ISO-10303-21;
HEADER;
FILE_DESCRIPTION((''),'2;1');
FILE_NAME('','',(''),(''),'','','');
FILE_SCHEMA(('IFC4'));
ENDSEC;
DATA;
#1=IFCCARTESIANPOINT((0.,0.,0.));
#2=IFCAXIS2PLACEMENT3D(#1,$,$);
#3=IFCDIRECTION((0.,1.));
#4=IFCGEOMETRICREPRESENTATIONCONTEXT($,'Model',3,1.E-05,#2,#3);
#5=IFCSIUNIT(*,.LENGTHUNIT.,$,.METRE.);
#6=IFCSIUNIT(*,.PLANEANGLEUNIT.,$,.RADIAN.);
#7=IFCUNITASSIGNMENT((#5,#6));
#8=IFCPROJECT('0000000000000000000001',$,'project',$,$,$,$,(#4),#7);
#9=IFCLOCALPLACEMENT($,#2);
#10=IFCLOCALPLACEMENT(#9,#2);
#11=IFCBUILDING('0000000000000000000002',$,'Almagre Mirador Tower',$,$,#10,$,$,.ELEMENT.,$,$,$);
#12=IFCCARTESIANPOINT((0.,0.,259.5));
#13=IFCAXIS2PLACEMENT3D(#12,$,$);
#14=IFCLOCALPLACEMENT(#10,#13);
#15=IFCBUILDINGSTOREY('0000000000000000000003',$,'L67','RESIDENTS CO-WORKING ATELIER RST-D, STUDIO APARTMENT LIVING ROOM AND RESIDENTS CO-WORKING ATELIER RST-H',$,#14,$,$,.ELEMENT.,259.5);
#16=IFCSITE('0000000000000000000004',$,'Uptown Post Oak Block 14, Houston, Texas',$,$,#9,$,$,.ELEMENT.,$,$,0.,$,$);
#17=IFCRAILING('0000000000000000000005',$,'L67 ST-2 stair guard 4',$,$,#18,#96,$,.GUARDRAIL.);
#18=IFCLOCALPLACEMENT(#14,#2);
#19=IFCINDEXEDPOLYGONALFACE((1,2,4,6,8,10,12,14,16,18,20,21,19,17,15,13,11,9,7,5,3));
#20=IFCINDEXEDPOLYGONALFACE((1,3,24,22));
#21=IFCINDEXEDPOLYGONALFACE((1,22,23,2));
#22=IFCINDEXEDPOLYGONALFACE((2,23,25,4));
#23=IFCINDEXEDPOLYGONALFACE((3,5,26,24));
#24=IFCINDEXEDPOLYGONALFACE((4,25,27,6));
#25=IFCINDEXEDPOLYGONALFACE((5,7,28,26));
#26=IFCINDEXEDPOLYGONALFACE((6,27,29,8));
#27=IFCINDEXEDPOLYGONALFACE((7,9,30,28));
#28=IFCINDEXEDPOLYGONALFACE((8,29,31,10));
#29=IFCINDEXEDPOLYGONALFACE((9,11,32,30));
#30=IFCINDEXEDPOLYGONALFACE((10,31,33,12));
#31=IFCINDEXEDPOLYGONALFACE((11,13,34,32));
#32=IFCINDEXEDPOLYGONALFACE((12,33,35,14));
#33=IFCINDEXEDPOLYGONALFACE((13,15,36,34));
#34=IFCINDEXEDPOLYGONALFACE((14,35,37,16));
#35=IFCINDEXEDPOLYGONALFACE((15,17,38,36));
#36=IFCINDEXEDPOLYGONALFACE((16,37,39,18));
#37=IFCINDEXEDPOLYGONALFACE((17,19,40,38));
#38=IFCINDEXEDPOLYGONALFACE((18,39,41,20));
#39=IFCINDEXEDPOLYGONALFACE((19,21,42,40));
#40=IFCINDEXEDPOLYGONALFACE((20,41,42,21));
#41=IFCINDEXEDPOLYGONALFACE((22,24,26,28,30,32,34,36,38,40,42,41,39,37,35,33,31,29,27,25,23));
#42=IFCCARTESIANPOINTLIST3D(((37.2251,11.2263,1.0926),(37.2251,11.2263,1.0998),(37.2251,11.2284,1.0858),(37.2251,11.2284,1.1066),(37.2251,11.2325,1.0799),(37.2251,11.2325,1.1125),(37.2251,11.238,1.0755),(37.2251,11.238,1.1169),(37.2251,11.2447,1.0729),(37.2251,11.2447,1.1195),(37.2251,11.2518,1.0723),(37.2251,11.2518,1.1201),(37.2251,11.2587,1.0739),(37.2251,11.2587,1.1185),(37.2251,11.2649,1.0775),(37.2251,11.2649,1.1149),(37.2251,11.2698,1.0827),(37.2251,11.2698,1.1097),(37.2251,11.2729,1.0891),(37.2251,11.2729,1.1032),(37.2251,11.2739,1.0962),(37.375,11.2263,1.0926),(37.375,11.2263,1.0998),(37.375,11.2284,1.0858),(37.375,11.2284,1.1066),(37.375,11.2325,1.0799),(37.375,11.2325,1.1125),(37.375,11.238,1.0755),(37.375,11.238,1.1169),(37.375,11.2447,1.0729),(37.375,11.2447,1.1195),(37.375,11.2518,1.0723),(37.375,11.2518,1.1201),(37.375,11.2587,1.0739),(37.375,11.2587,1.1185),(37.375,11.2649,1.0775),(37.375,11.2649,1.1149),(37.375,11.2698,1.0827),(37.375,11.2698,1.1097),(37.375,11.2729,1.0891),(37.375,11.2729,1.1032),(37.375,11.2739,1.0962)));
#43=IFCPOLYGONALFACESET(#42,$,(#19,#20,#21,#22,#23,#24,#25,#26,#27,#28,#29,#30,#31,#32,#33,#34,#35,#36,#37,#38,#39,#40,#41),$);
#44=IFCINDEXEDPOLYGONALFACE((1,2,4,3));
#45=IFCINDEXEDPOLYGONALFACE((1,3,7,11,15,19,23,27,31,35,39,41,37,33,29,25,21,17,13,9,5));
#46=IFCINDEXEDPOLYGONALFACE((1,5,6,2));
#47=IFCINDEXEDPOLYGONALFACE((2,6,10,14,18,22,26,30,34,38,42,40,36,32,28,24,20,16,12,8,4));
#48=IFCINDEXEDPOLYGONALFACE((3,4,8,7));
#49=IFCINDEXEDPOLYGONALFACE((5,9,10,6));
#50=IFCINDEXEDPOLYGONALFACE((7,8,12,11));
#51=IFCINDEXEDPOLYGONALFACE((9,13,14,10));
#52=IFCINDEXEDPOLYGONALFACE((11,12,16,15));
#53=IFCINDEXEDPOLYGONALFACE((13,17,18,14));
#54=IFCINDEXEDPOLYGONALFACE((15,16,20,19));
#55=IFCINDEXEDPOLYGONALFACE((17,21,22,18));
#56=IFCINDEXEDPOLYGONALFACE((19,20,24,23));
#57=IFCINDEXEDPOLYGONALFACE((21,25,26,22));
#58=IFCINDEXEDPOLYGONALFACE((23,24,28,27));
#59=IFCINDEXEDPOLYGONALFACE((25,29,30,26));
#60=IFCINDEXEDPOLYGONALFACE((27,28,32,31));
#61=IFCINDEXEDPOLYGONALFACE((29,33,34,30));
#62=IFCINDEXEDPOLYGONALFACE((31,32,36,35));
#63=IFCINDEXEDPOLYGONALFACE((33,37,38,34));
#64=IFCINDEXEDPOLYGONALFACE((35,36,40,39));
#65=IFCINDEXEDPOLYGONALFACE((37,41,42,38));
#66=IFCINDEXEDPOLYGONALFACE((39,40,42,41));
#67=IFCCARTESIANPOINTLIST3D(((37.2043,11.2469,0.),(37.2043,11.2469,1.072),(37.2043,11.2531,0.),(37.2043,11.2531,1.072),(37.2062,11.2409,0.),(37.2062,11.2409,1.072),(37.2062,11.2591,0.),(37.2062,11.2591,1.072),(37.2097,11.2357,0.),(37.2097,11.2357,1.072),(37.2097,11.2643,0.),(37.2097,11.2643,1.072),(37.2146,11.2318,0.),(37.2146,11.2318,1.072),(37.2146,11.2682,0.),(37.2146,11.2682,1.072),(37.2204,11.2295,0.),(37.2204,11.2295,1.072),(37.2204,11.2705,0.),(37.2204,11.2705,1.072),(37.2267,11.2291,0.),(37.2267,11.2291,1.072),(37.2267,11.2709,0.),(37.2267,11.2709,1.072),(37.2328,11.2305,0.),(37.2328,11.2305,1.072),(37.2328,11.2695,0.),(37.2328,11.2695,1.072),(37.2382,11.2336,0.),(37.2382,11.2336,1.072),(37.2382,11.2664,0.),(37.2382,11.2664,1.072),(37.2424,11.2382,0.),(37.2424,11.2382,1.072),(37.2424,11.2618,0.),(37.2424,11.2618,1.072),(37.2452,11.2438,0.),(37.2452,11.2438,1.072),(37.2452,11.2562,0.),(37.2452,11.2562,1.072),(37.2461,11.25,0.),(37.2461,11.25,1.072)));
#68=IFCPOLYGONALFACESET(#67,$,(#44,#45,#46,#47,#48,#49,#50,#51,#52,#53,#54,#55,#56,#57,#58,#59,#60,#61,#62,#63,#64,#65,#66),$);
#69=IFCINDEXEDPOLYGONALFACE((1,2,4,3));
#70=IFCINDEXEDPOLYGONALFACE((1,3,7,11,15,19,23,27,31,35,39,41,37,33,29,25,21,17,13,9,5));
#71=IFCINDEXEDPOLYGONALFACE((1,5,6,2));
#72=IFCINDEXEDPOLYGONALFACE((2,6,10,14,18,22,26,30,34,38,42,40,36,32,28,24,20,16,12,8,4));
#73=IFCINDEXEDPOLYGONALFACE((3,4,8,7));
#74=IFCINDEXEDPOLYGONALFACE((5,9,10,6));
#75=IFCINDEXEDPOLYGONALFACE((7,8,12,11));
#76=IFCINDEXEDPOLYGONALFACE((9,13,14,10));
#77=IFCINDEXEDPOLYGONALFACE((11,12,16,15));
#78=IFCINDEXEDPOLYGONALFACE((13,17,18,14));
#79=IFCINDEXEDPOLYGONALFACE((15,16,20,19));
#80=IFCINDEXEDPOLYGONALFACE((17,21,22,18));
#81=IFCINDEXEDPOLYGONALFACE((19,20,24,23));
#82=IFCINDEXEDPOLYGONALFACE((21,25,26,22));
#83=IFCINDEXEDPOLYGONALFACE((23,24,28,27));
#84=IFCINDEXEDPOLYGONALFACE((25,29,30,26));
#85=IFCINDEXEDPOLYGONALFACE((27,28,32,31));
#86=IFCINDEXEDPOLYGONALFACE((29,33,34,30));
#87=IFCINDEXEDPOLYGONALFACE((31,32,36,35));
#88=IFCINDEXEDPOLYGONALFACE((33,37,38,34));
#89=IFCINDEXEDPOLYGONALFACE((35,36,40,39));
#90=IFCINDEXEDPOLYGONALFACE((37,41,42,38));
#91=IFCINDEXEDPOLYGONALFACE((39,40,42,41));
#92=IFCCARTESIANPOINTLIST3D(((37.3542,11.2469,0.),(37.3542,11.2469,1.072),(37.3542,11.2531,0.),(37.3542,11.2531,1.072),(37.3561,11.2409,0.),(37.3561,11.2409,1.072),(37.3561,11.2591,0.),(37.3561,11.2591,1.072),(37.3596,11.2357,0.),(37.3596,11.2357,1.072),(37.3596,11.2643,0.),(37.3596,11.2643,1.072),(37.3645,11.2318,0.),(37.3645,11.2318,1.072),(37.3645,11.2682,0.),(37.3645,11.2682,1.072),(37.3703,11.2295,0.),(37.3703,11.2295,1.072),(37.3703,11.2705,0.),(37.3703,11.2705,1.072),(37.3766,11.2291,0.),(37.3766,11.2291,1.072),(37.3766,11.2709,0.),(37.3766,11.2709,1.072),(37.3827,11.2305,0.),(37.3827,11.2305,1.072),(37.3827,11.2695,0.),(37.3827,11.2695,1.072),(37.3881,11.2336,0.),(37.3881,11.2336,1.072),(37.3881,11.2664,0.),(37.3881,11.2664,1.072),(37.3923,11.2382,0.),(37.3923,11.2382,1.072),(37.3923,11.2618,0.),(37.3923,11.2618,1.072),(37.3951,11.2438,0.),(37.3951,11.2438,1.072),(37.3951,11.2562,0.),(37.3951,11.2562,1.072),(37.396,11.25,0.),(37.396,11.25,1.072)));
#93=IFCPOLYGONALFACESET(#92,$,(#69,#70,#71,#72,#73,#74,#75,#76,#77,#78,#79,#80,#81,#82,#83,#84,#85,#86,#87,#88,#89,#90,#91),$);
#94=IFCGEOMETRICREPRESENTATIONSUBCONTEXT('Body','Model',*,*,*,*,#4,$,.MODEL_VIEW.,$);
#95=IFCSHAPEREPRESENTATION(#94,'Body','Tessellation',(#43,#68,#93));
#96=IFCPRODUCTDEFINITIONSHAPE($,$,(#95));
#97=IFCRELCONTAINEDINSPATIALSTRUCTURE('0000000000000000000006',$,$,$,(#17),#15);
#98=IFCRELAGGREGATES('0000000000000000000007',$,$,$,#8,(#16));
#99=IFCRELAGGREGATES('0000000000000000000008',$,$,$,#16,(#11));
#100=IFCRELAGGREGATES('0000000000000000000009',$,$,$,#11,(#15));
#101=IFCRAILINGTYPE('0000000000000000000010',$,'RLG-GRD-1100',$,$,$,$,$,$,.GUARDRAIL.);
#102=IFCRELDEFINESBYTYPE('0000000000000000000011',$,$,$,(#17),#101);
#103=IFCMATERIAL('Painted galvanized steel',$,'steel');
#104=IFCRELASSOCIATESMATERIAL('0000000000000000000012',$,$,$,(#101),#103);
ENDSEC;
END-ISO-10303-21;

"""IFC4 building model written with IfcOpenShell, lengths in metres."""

from ifc_helpers import new_model, si_unit, direction, frame, origin, origin_2d, place, context, subcontext, project, spatial, circle, extrude, material, type_object, element, save


model = new_model("IFC4")

# Units and contexts
model_context = context("Model", 3, precision=1e-05, world=origin(), true_north=direction((0.0, 1.0)))
body_context = subcontext(model_context, "Body", "Model", "MODEL_VIEW")
ifc_project = project(units=[si_unit("LENGTHUNIT", "METRE"), si_unit("PLANEANGLEUNIT", "RADIAN")], contexts=[model_context])

# Site, building, storey
site_placement = place(None, origin())
site = spatial("IfcSite", under=ifc_project, at=site_placement, Name="Uptown Post Oak Block 14, Houston, Texas", CompositionType="ELEMENT", RefElevation=0.0)
building_placement = place(site_placement, origin())
building = spatial("IfcBuilding", under=site, at=building_placement, Name="Almagre Mirador Tower", CompositionType="ELEMENT")
storey_placement = place(building_placement, frame((0.0, 0.0, 259.5)))
storey = spatial("IfcBuildingStorey", under=building, at=storey_placement, Name="L67", Description="RESIDENTS CO-WORKING ATELIER RST-D, STUDIO APARTMENT LIVING ROOM AND RESIDENTS CO-WORKING ATELIER RST-H", CompositionType="ELEMENT", Elevation=259.5)

# Railing
ifc_material_1 = material(Name="Painted galvanized steel", Category="steel")
railing_type_1 = type_object("IfcRailingType", Name="RLG-GRD-1100", PredefinedType="GUARDRAIL", material=ifc_material_1)
railing_1_placement = place(storey_placement, frame((37.2251, 11.25, 0.0)))
element("IfcRailing", 1, at=railing_1_placement, inside=storey, type_object=railing_type_1, Name="L67 ST-2 stair guard 4", PredefinedType="GUARDRAIL", context=body_context, shape_type="SweptSolid", body=[
    extrude(circle(Radius=0.0239, at=origin_2d()), frame((0.0, 0.0, 1.0962), z_axis=(1.0, 0.0, 0.0), x_axis=(0.0, 1.0, 0.0)), (0.0, 0.0, 1.0), 0.1499),
    extrude(circle(Radius=0.021, at=origin_2d()), origin(), (0.0, 0.0, 1.0), 1.072),
    extrude(circle(Radius=0.021, at=origin_2d()), frame((0.1499, 0.0, 0.0)), (0.0, 0.0, 1.0), 1.072),
])

save(model, "model.ifc")
